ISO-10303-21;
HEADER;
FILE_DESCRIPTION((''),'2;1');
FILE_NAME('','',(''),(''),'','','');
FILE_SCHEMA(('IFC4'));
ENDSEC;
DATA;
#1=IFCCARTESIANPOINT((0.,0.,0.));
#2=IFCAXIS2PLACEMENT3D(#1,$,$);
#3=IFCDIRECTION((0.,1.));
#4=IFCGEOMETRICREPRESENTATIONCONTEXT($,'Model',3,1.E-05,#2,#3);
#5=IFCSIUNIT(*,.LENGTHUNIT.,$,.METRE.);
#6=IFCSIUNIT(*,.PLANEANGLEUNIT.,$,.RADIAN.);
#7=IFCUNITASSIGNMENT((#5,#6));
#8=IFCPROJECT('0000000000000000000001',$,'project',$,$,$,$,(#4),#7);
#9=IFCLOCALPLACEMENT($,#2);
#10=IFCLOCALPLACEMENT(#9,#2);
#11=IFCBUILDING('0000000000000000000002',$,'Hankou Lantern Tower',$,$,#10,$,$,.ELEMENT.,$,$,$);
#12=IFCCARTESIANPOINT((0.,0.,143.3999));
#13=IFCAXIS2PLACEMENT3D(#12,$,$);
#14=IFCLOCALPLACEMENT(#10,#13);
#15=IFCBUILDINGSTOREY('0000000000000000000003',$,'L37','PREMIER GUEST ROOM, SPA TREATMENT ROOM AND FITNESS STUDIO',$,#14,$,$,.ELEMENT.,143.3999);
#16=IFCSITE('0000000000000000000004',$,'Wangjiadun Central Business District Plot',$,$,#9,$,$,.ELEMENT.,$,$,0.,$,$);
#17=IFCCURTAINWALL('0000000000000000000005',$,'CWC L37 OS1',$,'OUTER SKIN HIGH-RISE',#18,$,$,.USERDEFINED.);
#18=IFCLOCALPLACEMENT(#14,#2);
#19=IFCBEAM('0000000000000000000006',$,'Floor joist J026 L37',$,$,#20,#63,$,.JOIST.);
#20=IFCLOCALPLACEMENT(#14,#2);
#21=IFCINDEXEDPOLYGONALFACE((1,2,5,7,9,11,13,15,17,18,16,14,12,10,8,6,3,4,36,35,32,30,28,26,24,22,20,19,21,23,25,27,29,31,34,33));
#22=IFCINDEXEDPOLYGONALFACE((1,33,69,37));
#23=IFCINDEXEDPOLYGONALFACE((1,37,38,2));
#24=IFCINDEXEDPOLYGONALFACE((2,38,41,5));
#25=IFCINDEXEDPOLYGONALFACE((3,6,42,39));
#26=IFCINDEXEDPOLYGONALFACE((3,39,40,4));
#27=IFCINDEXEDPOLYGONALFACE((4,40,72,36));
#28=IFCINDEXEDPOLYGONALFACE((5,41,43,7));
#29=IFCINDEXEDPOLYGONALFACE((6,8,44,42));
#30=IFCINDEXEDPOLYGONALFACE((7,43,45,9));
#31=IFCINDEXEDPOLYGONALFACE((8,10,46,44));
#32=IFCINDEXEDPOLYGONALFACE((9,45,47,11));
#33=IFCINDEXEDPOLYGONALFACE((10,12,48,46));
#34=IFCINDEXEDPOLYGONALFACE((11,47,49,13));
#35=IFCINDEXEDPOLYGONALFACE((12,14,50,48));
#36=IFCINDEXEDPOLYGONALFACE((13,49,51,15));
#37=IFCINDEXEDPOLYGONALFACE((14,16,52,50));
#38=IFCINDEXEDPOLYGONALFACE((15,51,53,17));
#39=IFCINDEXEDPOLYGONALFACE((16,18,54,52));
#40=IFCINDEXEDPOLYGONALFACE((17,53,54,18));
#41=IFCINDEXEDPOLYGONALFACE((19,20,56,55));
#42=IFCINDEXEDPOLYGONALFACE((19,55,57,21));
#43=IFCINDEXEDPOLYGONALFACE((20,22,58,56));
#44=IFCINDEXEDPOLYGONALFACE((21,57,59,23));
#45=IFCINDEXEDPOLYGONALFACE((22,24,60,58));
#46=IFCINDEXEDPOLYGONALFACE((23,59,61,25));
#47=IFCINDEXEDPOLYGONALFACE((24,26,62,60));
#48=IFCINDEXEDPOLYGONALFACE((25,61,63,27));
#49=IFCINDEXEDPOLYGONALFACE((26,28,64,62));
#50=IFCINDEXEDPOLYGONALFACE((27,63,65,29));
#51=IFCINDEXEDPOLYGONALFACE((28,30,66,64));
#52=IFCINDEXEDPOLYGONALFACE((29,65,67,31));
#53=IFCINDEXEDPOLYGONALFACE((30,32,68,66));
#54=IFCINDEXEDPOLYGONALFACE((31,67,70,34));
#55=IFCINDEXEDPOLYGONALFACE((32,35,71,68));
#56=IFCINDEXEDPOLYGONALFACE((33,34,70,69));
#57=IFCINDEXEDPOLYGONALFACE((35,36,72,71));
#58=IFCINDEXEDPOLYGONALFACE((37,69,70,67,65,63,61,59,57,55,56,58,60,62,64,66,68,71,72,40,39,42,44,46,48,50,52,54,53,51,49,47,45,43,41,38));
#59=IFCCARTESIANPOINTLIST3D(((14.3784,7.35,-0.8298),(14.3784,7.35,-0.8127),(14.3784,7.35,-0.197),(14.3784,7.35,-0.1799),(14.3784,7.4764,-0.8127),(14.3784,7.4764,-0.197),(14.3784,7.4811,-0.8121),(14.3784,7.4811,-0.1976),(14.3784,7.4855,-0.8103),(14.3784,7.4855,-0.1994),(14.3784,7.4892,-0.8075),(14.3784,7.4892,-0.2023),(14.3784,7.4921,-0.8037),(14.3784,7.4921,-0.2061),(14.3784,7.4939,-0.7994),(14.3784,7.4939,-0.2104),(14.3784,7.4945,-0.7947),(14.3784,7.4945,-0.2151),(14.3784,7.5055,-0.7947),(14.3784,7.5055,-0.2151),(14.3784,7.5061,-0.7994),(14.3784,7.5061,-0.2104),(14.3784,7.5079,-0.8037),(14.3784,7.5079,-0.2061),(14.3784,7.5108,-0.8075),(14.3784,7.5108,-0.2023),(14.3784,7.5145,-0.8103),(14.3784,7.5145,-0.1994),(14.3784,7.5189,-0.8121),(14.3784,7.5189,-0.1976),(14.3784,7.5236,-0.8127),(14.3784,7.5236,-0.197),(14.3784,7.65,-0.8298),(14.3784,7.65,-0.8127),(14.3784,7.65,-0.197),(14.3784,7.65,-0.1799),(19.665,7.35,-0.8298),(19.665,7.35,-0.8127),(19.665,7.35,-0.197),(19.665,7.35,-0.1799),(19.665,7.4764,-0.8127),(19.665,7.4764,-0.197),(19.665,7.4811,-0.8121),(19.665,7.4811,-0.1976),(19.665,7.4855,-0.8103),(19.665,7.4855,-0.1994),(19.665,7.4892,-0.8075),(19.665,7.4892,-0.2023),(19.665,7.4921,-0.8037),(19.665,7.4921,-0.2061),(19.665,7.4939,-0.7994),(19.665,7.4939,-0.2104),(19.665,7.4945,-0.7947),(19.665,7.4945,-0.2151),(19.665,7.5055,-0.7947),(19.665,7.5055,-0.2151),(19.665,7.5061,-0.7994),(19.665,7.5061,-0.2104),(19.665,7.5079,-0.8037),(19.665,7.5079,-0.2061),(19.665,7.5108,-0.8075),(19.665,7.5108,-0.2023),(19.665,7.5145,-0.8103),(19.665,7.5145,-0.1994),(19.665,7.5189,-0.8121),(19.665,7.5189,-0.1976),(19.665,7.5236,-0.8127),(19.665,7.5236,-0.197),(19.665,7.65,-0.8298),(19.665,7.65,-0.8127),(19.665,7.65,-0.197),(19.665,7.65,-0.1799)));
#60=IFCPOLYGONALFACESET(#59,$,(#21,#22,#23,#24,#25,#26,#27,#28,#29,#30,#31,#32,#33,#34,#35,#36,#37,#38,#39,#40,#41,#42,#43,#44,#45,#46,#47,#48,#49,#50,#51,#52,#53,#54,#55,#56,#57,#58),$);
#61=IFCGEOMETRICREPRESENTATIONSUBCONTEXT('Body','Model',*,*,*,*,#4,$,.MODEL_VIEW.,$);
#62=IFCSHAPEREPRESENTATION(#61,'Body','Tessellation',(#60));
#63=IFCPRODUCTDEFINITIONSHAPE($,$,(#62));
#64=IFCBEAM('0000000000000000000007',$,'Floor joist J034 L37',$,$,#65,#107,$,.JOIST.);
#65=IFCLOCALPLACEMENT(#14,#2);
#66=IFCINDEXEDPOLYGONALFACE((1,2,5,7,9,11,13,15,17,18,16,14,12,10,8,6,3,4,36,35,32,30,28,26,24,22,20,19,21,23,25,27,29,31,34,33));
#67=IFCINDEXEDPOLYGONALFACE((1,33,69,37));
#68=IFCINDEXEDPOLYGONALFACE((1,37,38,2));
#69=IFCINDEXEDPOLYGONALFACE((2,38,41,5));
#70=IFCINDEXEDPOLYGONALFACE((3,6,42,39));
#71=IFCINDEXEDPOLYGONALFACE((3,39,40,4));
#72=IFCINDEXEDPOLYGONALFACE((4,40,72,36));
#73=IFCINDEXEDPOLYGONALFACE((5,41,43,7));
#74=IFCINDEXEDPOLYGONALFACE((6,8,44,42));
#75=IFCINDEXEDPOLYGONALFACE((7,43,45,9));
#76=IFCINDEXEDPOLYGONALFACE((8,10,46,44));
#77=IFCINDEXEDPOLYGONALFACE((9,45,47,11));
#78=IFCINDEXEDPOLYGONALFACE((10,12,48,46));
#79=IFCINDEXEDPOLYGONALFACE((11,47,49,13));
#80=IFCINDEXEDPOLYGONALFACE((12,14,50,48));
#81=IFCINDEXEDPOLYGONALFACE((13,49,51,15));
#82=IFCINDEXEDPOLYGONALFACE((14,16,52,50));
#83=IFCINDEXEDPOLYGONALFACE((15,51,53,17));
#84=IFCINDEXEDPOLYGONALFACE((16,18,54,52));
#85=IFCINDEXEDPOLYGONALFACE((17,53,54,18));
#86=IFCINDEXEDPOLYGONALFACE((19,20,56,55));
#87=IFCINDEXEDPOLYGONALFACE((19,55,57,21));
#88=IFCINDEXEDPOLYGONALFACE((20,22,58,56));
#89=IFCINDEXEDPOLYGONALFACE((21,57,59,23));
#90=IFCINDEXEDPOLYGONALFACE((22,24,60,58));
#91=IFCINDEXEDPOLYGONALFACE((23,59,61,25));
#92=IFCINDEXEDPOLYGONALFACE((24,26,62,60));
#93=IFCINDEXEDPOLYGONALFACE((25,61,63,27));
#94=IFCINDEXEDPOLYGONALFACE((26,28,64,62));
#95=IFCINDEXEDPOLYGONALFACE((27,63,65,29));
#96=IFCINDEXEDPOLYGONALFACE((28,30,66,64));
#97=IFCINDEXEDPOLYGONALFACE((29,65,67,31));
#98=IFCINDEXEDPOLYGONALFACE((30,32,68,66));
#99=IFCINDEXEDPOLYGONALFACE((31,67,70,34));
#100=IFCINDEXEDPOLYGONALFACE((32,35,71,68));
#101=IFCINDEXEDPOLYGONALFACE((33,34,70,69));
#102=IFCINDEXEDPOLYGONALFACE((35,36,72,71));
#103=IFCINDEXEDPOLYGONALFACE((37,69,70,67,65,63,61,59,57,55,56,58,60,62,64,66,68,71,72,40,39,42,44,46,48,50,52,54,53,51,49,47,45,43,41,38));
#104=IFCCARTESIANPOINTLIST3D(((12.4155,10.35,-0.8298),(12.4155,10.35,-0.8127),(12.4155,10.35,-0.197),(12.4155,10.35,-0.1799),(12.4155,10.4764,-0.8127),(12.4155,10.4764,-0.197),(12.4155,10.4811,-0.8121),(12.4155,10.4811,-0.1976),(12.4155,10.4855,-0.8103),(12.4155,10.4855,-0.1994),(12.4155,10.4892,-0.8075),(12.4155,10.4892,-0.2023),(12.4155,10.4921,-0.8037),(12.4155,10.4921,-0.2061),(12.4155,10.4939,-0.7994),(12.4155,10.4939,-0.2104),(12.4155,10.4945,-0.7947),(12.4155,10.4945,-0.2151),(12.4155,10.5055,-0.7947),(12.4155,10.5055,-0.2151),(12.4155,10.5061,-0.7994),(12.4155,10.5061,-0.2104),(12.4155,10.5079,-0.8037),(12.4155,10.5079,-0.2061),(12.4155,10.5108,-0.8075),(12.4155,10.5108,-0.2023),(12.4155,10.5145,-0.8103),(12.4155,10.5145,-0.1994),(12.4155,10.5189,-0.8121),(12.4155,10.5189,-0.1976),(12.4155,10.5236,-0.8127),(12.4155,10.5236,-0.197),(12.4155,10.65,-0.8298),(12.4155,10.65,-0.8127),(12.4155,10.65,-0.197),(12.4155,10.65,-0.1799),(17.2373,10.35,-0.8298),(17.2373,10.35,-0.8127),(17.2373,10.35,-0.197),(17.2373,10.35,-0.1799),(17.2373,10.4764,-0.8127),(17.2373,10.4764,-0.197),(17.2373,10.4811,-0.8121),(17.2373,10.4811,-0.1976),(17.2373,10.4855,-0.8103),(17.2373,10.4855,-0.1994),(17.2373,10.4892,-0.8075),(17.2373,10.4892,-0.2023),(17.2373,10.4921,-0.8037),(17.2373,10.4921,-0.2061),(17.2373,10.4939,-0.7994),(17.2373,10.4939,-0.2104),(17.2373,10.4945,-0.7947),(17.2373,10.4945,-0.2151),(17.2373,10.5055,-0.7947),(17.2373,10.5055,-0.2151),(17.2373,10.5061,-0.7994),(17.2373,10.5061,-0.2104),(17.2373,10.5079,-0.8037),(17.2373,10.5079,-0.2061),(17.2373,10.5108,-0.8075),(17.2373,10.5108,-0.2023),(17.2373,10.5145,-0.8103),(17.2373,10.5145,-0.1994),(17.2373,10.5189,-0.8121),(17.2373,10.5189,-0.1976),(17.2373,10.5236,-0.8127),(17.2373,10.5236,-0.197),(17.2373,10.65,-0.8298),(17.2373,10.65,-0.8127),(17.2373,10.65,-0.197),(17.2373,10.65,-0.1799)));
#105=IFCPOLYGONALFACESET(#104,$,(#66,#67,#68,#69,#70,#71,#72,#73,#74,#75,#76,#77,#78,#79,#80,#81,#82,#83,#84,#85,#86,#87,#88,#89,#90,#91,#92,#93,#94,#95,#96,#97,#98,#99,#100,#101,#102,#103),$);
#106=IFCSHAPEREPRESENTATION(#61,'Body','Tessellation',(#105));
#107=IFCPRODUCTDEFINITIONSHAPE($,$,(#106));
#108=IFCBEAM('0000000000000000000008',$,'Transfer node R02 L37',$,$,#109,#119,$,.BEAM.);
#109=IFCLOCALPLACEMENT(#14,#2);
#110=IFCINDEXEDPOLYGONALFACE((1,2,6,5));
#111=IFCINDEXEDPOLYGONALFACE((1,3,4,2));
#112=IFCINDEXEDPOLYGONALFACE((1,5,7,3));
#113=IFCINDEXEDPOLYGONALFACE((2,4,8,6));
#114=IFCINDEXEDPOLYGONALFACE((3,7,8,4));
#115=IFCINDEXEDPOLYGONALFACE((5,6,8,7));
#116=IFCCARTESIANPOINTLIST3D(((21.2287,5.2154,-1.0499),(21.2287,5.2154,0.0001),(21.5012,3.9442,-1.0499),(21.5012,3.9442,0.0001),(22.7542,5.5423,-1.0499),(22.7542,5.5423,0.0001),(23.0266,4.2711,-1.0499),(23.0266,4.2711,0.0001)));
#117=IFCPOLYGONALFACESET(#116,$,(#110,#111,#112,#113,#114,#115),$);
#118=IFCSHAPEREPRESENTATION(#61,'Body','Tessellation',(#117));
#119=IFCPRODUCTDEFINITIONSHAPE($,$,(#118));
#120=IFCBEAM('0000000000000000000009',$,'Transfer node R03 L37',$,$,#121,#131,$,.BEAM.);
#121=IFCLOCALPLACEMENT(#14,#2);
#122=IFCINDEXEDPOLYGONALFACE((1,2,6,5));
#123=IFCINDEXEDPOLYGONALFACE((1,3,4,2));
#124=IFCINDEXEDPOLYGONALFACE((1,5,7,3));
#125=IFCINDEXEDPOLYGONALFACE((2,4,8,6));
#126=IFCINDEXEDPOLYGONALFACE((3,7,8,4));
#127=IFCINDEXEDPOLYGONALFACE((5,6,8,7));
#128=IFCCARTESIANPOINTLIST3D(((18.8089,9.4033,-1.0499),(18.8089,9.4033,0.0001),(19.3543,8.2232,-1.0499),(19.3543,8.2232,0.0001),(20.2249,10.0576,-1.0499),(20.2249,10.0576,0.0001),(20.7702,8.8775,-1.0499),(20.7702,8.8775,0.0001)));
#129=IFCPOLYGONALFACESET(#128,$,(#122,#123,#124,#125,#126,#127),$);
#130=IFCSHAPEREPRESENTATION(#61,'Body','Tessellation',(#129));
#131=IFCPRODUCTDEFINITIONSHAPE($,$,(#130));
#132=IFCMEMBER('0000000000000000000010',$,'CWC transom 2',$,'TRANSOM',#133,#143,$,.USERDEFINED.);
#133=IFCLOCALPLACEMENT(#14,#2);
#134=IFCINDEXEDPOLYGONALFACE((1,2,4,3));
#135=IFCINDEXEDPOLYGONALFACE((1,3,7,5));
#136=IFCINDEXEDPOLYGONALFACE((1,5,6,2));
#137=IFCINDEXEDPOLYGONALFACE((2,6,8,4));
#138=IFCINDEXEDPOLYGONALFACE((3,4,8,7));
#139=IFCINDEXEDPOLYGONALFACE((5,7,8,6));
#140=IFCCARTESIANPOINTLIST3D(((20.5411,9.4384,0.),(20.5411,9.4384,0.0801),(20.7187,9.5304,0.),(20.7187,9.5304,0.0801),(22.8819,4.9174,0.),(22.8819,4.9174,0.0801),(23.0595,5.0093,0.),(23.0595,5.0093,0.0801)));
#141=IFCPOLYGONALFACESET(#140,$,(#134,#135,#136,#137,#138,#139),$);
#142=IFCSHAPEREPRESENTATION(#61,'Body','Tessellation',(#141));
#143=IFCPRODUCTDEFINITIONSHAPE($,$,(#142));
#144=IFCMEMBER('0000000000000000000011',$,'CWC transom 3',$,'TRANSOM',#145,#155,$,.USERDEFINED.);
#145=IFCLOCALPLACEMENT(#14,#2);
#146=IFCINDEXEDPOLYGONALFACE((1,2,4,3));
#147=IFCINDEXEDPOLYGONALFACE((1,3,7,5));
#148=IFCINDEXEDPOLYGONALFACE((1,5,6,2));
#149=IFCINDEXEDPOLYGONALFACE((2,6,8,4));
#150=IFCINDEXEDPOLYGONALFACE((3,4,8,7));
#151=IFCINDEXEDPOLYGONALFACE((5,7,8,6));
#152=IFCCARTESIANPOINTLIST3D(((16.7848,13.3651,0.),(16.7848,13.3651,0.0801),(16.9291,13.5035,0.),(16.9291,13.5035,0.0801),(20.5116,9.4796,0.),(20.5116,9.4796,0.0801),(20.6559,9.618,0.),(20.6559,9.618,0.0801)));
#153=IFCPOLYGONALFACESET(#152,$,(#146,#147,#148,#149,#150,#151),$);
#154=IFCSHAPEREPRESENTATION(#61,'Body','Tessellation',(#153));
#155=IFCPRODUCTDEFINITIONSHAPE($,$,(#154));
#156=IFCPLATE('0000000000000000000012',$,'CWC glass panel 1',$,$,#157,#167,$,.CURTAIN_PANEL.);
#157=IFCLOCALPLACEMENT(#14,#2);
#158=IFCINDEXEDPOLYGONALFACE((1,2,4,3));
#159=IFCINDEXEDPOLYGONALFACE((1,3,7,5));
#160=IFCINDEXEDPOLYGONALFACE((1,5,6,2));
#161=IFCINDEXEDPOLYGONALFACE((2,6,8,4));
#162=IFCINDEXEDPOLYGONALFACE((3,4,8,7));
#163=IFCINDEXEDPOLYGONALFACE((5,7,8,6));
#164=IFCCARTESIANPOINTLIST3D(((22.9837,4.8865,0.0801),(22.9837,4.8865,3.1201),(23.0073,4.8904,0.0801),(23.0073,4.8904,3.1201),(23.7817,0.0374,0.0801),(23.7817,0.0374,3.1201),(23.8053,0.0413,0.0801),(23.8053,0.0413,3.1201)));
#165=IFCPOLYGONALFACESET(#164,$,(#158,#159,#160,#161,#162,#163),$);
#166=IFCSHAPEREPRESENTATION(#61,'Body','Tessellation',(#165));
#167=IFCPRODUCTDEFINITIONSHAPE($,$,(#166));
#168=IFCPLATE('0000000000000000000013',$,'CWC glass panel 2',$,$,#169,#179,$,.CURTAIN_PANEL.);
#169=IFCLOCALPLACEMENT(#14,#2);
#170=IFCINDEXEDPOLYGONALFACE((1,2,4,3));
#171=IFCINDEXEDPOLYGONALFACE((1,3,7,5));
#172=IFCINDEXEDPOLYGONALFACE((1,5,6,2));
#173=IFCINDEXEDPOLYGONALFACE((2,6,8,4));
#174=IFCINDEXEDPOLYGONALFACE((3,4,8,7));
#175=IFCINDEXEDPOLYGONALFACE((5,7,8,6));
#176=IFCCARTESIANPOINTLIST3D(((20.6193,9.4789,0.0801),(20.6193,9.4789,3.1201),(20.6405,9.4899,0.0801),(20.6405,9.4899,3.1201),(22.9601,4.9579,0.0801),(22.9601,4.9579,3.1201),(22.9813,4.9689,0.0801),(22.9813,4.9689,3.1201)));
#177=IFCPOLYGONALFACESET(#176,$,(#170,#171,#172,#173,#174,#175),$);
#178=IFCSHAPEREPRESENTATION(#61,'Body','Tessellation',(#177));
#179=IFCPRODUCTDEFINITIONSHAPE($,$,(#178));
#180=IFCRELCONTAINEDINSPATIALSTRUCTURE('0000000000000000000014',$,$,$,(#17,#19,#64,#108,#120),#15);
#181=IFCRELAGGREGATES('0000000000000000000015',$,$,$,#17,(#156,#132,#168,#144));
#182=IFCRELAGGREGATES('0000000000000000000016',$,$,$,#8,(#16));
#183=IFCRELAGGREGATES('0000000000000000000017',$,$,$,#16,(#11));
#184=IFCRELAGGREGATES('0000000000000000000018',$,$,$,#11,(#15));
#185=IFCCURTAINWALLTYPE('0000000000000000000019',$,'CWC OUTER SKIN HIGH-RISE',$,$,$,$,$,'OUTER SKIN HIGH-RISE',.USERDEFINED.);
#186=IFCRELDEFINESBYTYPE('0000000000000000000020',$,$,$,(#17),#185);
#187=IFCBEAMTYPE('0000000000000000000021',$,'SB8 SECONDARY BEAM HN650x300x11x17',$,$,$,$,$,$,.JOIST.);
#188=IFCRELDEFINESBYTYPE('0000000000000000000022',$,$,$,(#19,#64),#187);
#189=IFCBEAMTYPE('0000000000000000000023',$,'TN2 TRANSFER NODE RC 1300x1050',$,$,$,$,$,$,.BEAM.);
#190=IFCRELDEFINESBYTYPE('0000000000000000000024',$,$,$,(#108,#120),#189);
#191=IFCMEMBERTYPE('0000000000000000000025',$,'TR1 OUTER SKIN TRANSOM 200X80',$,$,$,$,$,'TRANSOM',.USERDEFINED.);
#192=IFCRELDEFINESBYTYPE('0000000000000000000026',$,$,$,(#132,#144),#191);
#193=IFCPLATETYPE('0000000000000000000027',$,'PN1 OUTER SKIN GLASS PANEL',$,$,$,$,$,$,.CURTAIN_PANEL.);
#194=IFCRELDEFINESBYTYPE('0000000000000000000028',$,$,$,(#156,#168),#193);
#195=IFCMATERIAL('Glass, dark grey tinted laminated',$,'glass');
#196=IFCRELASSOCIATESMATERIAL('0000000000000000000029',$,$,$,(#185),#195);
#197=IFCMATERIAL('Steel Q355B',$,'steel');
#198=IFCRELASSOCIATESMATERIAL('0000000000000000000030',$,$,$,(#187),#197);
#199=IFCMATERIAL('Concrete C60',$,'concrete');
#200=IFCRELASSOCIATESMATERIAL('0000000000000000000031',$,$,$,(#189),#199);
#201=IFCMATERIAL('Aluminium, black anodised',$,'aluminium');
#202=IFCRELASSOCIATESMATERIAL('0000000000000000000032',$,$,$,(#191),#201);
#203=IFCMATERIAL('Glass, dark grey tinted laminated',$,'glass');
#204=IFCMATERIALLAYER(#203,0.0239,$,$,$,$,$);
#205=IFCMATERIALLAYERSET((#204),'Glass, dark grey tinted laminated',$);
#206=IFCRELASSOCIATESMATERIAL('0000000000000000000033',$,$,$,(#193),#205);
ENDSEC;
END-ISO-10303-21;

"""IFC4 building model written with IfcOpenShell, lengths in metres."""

from ifc_helpers import new_model, si_unit, direction, frame, origin, origin_2d, place, context, subcontext, project, spatial, rectangle, i_section, extrude, material, layer, layer_set, material_profile, profile_set, type_object, element, aggregate, save


model = new_model("IFC4")

# Units and contexts
model_context = context("Model", 3, precision=1e-05, world=origin(), true_north=direction((0.0, 1.0)))
body_context = subcontext(model_context, "Body", "Model", "MODEL_VIEW")
ifc_project = project(units=[si_unit("LENGTHUNIT", "METRE"), si_unit("PLANEANGLEUNIT", "RADIAN")], contexts=[model_context])

# Site, building, storey
site_placement = place(None, origin())
site = spatial("IfcSite", under=ifc_project, at=site_placement, Name="Wangjiadun Central Business District Plot", CompositionType="ELEMENT", RefElevation=0.0)
building_placement = place(site_placement, origin())
building = spatial("IfcBuilding", under=site, at=building_placement, Name="Hankou Lantern Tower", CompositionType="ELEMENT")
storey_placement = place(building_placement, frame((0.0, 0.0, 143.3999)))
storey = spatial("IfcBuildingStorey", under=building, at=storey_placement, Name="L37", Description="PREMIER GUEST ROOM, SPA TREATMENT ROOM AND FITNESS STUDIO", CompositionType="ELEMENT", Elevation=143.3999)

# Curtain wall
ifc_material_1 = material(Name="Glass, dark grey tinted laminated", Category="glass")
curtain_wall_type = type_object("IfcCurtainWallType", Name="CWC OUTER SKIN HIGH-RISE", ElementType="OUTER SKIN HIGH-RISE", PredefinedType="USERDEFINED", material=ifc_material_1)
curtain_wall_placement = place(storey_placement, origin())
curtain_wall = element("IfcCurtainWall", 1, at=curtain_wall_placement, inside=storey, type_object=curtain_wall_type, Name="CWC L37 OS1", ObjectType="OUTER SKIN HIGH-RISE", PredefinedType="USERDEFINED")

# Beams
ifc_material_2 = material(Name="Steel Q355B", Category="steel")
ifc_material_profile_1 = material_profile(ifc_material_2, i_section(OverallWidth=0.3, OverallDepth=0.6499, WebThickness=0.011, FlangeThickness=0.0171, FilletRadius=0.0181, at=origin_2d()), Name="HN650x300x11x17")
ifc_profile_set_1 = profile_set([ifc_material_profile_1], Name="Steel Q355B")
beam_type_1 = type_object("IfcBeamType", Name="SB8 SECONDARY BEAM HN650x300x11x17", PredefinedType="JOIST", material=ifc_profile_set_1)
beam_1_placement = place(storey_placement, frame((14.3784, 7.5, -0.5049), z_axis=(1.0, 0.0, 0.0), x_axis=(0.0, 1.0, 0.0)))
element("IfcBeam", 2, at=beam_1_placement, inside=storey, type_object=beam_type_1, Name="Floor joist J026 L37", PredefinedType="JOIST", context=body_context, shape_type="SweptSolid", body=[
    extrude(i_section(OverallWidth=0.3, OverallDepth=0.6499, WebThickness=0.011, FlangeThickness=0.0171, FilletRadius=0.0181, at=origin_2d()), origin(), (0.0, 0.0, 1.0), 5.2866),
])
beam_2_placement = place(storey_placement, frame((12.4155, 10.5, -0.5049), z_axis=(1.0, 0.0, 0.0), x_axis=(0.0, 1.0, 0.0)))
element("IfcBeam", 3, at=beam_2_placement, inside=storey, type_object=beam_type_1, Name="Floor joist J034 L37", PredefinedType="JOIST", context=body_context, shape_type="SweptSolid", body=[
    extrude(i_section(OverallWidth=0.3, OverallDepth=0.6499, WebThickness=0.011, FlangeThickness=0.0171, FilletRadius=0.0181, at=origin_2d()), origin(), (0.0, 0.0, 1.0), 4.8218),
])
ifc_material_3 = material(Name="Concrete C60", Category="concrete")
ifc_material_profile_2 = material_profile(ifc_material_3, rectangle(XDim=1.3, YDim=1.05, at=origin_2d()), Name="RC 1300x1050")
ifc_profile_set_2 = profile_set([ifc_material_profile_2], Name="Concrete C60")
beam_type_2 = type_object("IfcBeamType", Name="TN2 TRANSFER NODE RC 1300x1050", PredefinedType="BEAM", material=ifc_profile_set_2)
beam_3_placement = place(storey_placement, frame((22.8904, 4.9067, -0.5249), z_axis=(-0.977798, -0.20955, 0.0), x_axis=(0.20955, -0.977798, 0.0)))
element("IfcBeam", 4, at=beam_3_placement, inside=storey, type_object=beam_type_2, Name="Transfer node R02 L37", PredefinedType="BEAM", context=body_context, shape_type="SweptSolid", body=[
    extrude(rectangle(XDim=1.3, YDim=1.05, at=origin_2d()), origin(), (0.0, 0.0, 1.0), 1.5601),
])
beam_4_placement = place(storey_placement, frame((20.4976, 9.4675, -0.5249), z_axis=(-0.907776, -0.419455, 0.0), x_axis=(0.419455, -0.907776, 0.0)))
element("IfcBeam", 5, at=beam_4_placement, inside=storey, type_object=beam_type_2, Name="Transfer node R03 L37", PredefinedType="BEAM", context=body_context, shape_type="SweptSolid", body=[
    extrude(rectangle(XDim=1.3, YDim=1.05, at=origin_2d()), origin(), (0.0, 0.0, 1.0), 1.5598),
])

# Members
ifc_material_4 = material(Name="Aluminium, black anodised", Category="aluminium")
ifc_material_profile_3 = material_profile(ifc_material_4, rectangle(XDim=0.2, YDim=0.0801, at=origin_2d()), Name="TR1 200X80")
ifc_profile_set_3 = profile_set([ifc_material_profile_3], Name="Aluminium, black anodised")
member_type_1 = type_object("IfcMemberType", Name="TR1 OUTER SKIN TRANSOM 200X80", ElementType="TRANSOM", PredefinedType="USERDEFINED", material=ifc_profile_set_3)
member_1_placement = place(storey_placement, frame((22.9707, 4.9634, 0.04), z_axis=(-0.459791, 0.888027, 0.0), x_axis=(-0.888027, -0.459791, 0.0)))
member_1 = element("IfcMember", 6, at=member_1_placement, type_object=member_type_1, Name="CWC transom 2", ObjectType="TRANSOM", PredefinedType="USERDEFINED", context=body_context, shape_type="SweptSolid", body=[
    extrude(rectangle(XDim=0.2, YDim=0.0801, at=origin_2d()), origin(), (0.0, 0.0, 1.0), 5.0911),
])
member_2_placement = place(storey_placement, frame((20.5837, 9.5488, 0.04), z_axis=(-0.692216, 0.721691, 0.0), x_axis=(-0.721691, -0.692216, 0.0)))
member_2 = element("IfcMember", 7, at=member_2_placement, type_object=member_type_1, Name="CWC transom 3", ObjectType="TRANSOM", PredefinedType="USERDEFINED", context=body_context, shape_type="SweptSolid", body=[
    extrude(rectangle(XDim=0.2, YDim=0.0801, at=origin_2d()), origin(), (0.0, 0.0, 1.0), 5.3838),
])

# Plates
ifc_material_5 = material(Name="Glass, dark grey tinted laminated", Category="glass")
ifc_layer_1 = layer(ifc_material_5, 0.0239)
ifc_layer_set_1 = layer_set([ifc_layer_1], Name="Glass, dark grey tinted laminated")
plate_type = type_object("IfcPlateType", Name="PN1 OUTER SKIN GLASS PANEL", PredefinedType="CURTAIN_PANEL", material=ifc_layer_set_1)
plate_1_placement = place(storey_placement, frame((23.3945, 2.4639, 0.0801), z_axis=(0.0, 0.0, 1.0), x_axis=(-0.162382, 0.986728, 0.0)))
plate_1 = element("IfcPlate", 8, at=plate_1_placement, type_object=plate_type, Name="CWC glass panel 1", PredefinedType="CURTAIN_PANEL", context=body_context, shape_type="SweptSolid", body=[
    extrude(rectangle(XDim=4.9143, YDim=0.0239, at=origin_2d()), origin(), (0.0, 0.0, 1.0), 3.04),
])
plate_2_placement = place(storey_placement, frame((21.8003, 7.2239, 0.0801), z_axis=(0.0, 0.0, 1.0), x_axis=(-0.459791, 0.888027, 0.0)))
plate_2 = element("IfcPlate", 9, at=plate_2_placement, type_object=plate_type, Name="CWC glass panel 2", PredefinedType="CURTAIN_PANEL", context=body_context, shape_type="SweptSolid", body=[
    extrude(rectangle(XDim=5.0911, YDim=0.0239, at=origin_2d()), origin(), (0.0, 0.0, 1.0), 3.04),
])
aggregate(curtain_wall, [plate_1, member_1, plate_2, member_2])

save(model, "model.ifc")
